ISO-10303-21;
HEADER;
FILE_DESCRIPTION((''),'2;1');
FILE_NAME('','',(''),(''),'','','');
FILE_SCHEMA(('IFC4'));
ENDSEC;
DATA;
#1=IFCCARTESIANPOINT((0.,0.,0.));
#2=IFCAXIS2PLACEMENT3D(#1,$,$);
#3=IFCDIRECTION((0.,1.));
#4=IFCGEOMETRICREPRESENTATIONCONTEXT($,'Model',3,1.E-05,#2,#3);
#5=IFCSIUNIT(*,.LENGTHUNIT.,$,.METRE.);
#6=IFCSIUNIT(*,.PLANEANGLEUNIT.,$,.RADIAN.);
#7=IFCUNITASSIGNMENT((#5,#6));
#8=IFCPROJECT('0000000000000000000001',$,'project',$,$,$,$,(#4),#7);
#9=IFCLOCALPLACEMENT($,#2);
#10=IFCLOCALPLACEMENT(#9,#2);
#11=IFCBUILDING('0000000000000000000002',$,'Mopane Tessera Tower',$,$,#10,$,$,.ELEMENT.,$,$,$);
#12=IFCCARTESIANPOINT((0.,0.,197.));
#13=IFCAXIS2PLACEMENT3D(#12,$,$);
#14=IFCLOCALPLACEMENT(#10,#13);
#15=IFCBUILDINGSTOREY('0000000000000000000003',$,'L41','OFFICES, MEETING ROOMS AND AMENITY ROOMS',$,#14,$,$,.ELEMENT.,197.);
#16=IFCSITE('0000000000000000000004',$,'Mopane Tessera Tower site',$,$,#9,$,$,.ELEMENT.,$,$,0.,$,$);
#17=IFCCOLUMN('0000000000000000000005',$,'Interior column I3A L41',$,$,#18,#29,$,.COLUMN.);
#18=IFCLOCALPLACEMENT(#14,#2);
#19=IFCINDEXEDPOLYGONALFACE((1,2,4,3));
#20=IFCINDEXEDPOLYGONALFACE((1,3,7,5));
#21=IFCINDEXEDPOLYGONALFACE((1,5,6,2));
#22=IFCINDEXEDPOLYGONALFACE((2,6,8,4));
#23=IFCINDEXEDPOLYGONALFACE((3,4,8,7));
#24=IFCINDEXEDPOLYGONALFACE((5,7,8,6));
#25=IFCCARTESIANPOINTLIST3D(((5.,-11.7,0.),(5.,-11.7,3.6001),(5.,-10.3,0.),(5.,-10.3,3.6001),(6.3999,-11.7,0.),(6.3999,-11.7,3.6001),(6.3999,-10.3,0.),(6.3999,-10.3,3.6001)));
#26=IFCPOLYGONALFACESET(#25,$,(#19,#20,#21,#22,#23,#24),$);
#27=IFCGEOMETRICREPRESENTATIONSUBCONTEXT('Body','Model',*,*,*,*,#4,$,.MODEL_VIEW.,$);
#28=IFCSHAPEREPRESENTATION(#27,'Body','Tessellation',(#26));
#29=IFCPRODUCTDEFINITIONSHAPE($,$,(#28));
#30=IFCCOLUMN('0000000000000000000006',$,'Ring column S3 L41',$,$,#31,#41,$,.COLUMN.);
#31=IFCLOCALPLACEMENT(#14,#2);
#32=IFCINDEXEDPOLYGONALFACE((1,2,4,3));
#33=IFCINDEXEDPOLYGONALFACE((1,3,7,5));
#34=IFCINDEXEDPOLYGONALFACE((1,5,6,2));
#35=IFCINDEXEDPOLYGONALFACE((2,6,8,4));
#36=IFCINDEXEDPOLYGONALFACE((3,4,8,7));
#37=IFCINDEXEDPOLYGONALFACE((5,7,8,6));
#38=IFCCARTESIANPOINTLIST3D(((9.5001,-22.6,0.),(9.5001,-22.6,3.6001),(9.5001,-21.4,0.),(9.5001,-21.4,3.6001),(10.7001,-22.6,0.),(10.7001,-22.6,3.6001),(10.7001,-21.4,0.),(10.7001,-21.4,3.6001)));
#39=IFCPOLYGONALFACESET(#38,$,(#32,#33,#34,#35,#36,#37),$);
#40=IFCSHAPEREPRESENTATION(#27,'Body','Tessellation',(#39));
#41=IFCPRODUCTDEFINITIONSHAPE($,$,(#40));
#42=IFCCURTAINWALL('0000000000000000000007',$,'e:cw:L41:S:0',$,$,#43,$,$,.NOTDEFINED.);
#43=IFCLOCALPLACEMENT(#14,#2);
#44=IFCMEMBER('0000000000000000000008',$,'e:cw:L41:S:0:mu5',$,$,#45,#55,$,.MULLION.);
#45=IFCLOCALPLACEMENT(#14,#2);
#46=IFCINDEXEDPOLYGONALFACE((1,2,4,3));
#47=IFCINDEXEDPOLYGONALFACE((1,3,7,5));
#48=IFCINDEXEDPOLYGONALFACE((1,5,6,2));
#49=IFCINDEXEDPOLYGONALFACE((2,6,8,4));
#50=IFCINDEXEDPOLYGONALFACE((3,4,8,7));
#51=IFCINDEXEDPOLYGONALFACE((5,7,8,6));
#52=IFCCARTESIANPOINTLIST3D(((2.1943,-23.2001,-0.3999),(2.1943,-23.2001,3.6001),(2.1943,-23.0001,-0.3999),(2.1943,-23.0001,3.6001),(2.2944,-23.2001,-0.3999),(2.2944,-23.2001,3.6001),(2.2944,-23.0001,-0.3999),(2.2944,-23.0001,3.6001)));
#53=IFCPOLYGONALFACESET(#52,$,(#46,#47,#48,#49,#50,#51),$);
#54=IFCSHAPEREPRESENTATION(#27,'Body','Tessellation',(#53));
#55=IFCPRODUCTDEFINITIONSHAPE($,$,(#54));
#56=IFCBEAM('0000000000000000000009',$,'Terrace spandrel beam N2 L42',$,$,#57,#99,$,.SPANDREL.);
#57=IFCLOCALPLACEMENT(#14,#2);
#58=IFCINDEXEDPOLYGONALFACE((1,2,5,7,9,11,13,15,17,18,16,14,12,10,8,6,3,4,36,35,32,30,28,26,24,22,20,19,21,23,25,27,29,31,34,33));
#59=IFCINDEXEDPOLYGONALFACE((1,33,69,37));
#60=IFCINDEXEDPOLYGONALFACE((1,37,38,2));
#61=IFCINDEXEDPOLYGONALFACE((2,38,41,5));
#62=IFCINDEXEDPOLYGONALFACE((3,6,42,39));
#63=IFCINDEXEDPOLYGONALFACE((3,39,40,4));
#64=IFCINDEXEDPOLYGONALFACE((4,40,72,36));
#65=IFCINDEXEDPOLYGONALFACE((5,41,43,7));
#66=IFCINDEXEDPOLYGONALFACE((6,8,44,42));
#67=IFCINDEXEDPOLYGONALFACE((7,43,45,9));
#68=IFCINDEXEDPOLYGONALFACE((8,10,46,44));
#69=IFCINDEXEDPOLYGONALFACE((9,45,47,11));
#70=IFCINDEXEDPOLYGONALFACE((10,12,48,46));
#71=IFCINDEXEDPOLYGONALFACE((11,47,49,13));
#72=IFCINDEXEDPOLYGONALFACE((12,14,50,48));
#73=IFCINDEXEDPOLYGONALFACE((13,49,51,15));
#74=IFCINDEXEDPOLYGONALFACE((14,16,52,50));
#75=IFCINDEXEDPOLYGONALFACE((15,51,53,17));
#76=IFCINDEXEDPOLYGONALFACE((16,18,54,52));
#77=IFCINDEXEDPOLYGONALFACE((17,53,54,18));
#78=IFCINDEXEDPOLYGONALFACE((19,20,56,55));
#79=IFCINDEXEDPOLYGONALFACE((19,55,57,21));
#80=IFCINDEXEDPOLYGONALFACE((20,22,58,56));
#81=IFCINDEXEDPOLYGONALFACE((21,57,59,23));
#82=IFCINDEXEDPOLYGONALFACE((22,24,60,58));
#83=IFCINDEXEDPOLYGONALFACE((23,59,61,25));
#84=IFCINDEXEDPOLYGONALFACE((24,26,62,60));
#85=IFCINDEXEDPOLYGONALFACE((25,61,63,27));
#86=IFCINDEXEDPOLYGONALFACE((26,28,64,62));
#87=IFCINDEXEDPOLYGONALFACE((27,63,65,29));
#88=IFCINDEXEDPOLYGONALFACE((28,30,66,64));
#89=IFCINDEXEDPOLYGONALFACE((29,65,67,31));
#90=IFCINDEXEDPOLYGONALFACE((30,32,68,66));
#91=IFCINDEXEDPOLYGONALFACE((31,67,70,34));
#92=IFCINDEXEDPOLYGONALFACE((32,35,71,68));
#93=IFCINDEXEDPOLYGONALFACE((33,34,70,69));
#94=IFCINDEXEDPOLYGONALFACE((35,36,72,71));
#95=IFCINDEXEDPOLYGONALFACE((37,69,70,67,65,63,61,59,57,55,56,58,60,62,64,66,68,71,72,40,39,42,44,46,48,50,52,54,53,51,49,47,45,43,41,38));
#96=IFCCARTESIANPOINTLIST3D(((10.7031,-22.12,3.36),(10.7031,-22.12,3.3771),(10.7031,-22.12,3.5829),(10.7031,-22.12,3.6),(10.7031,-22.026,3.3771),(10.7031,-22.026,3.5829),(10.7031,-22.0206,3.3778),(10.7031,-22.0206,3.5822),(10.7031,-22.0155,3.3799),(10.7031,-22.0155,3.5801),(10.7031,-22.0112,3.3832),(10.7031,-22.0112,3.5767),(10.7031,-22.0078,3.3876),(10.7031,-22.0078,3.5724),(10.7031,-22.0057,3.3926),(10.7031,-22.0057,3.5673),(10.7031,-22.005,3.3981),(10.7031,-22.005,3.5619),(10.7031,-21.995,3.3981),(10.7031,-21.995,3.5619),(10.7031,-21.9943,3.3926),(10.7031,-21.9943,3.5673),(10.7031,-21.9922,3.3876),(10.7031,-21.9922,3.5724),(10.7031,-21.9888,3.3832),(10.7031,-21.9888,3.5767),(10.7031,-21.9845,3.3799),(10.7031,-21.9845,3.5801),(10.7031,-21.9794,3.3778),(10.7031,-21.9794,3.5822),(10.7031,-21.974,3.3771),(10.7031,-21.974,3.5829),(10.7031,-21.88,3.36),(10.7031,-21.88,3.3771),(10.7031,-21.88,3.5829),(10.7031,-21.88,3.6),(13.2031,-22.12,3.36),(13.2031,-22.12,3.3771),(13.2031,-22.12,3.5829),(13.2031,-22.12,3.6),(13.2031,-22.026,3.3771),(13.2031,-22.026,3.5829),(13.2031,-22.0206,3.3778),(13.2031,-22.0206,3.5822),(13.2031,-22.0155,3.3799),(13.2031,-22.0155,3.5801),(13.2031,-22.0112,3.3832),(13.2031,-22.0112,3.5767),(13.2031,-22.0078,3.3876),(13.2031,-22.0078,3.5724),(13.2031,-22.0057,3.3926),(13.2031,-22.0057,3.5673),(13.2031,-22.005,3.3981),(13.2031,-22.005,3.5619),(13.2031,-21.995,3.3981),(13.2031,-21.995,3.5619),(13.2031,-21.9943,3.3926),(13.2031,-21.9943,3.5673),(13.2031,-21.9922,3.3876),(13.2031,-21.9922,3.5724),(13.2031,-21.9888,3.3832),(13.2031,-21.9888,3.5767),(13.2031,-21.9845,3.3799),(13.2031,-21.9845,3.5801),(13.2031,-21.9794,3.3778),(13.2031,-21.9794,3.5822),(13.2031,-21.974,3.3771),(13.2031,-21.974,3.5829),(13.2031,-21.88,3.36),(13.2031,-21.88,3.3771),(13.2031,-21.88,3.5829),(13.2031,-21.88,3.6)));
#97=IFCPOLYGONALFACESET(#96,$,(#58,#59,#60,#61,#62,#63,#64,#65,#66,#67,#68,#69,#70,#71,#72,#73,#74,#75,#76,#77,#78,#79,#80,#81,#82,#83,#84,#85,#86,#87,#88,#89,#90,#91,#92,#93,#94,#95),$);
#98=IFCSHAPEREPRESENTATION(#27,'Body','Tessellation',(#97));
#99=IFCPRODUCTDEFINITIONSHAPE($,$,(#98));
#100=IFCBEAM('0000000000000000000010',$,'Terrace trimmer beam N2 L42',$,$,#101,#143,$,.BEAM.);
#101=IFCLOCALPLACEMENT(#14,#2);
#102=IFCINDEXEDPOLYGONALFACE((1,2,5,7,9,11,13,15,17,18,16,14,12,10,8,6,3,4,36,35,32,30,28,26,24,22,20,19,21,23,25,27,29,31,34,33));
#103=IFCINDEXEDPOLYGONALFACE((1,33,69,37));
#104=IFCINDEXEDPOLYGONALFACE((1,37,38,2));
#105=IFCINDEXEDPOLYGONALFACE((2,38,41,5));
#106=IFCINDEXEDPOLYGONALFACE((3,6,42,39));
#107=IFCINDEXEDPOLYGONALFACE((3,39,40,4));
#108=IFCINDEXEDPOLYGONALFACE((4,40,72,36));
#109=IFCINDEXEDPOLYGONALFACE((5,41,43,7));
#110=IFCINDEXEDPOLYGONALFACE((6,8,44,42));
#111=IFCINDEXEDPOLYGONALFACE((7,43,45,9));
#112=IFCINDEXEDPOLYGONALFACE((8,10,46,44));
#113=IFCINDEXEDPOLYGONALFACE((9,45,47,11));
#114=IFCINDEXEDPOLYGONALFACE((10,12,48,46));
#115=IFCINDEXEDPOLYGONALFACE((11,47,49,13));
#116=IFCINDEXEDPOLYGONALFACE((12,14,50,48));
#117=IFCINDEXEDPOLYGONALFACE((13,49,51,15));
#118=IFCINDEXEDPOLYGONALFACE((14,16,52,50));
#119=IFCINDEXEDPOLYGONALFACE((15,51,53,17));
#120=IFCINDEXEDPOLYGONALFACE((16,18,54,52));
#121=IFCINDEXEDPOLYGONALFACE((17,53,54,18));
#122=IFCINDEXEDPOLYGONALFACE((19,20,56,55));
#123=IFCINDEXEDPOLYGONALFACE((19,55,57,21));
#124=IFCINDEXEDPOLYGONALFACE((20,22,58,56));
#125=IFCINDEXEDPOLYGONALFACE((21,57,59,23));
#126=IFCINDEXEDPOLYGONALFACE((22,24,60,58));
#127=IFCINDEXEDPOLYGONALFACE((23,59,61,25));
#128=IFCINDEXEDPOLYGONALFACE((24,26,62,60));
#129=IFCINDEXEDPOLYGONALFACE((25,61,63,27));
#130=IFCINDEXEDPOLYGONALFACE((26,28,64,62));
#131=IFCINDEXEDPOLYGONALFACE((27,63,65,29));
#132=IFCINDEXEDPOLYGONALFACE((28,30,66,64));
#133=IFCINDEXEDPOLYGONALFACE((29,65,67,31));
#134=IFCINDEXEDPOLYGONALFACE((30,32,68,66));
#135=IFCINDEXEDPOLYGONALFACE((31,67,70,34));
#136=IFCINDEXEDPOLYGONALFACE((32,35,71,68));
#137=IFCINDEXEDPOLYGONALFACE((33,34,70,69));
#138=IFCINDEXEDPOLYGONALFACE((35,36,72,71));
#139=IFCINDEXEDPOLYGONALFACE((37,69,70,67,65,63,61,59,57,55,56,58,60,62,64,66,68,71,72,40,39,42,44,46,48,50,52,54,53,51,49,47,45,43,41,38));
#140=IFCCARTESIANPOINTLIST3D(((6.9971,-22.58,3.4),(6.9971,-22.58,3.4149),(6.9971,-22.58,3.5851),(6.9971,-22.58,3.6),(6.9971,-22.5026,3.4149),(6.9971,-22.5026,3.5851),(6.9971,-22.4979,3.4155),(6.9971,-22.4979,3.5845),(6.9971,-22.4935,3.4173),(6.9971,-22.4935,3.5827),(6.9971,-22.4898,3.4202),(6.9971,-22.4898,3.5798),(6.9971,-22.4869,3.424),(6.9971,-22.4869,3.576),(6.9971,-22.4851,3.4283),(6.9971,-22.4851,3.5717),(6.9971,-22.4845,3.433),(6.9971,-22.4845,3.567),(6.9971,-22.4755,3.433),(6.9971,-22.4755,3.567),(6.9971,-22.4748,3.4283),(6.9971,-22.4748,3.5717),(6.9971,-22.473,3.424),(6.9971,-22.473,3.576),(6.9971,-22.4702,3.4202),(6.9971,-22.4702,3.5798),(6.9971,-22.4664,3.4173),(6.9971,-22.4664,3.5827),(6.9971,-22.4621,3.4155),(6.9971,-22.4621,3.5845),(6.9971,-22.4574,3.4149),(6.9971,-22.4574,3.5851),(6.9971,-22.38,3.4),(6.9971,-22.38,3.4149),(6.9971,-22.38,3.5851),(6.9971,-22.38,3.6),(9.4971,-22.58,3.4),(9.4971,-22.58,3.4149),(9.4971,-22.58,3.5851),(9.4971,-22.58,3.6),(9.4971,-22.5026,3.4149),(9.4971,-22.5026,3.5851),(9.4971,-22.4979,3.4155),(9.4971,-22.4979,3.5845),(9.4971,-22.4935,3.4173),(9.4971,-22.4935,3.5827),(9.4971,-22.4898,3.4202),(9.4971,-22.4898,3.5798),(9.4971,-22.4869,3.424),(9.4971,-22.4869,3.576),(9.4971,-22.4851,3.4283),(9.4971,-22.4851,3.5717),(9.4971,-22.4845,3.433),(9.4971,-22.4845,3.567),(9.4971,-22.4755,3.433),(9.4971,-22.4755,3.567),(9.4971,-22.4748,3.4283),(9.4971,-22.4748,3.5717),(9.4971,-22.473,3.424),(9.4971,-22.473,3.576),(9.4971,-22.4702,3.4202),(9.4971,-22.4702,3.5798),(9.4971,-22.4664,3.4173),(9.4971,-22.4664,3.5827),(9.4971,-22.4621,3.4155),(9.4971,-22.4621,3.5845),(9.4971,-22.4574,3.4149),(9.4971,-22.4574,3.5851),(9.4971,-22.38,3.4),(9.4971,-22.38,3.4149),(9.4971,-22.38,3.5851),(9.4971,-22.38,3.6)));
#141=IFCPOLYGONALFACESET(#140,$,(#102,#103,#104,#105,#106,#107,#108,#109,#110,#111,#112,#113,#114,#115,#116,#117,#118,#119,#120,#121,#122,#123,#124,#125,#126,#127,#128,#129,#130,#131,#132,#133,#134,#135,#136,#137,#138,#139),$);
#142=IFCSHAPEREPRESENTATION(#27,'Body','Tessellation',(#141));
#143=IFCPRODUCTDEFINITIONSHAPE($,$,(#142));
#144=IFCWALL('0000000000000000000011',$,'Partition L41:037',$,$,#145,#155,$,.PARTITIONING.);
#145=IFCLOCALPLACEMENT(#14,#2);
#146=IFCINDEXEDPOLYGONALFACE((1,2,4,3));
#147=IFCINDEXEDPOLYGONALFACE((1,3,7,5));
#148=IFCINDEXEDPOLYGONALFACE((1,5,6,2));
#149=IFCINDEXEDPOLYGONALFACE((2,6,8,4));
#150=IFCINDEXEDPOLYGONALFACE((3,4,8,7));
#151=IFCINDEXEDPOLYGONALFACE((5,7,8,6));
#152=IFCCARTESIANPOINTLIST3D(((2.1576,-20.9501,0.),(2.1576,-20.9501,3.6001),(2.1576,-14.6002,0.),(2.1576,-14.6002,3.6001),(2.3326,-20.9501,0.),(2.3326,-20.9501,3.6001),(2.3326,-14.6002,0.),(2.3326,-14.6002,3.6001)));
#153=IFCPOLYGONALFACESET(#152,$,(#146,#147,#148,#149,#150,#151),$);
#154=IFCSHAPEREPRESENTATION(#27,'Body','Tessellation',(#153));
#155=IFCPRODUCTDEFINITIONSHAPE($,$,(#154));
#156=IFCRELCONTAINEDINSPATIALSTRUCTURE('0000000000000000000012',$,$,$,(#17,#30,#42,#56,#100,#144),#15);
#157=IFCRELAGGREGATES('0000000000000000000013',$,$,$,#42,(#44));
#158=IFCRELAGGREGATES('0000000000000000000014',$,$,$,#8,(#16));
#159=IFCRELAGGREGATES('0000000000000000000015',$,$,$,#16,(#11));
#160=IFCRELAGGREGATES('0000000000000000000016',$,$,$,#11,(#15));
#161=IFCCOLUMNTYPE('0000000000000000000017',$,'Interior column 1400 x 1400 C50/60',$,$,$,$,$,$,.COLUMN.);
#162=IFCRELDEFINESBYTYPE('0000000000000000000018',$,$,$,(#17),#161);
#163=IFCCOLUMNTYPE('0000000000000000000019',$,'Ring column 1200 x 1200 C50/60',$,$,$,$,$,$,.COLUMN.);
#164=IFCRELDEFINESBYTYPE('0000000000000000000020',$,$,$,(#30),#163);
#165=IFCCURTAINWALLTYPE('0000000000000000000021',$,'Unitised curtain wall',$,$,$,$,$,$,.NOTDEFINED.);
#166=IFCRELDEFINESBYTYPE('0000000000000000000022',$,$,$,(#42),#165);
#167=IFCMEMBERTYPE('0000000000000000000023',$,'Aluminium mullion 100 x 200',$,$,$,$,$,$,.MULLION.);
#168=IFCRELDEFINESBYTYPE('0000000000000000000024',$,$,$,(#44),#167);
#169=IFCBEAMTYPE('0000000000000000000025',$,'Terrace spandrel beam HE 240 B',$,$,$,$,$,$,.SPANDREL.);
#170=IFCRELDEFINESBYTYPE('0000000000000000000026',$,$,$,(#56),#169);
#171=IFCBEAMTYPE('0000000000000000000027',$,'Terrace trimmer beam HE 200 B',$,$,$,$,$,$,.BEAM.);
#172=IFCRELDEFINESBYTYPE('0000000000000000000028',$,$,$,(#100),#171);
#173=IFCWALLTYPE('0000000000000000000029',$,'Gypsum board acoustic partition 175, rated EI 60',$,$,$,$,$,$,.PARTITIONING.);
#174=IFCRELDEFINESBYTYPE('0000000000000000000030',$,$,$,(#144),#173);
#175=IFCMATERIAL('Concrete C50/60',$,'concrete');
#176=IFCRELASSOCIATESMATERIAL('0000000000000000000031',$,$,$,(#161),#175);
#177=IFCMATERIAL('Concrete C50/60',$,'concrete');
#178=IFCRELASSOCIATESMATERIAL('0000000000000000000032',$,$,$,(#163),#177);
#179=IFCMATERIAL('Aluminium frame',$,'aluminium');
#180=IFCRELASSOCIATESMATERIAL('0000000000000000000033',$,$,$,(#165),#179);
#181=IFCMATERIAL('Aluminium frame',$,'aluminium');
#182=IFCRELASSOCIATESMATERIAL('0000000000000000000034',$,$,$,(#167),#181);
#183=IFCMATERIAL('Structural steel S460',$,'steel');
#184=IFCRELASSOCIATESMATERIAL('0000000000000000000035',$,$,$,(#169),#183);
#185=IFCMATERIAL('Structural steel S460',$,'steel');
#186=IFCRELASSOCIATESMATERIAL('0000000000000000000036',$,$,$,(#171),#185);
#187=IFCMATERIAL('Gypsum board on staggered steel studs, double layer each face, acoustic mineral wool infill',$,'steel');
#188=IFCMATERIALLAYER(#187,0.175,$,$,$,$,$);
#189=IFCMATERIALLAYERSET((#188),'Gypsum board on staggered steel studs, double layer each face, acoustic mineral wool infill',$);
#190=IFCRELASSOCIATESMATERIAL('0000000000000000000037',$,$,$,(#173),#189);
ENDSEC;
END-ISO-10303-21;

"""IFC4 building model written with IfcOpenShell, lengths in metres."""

from ifc_helpers import new_model, si_unit, direction, frame, frame_2d, origin, origin_2d, place, context, subcontext, project, spatial, rectangle, i_section, extrude, material, layer, layer_set, material_profile, profile_set, type_object, element, aggregate, save


model = new_model("IFC4")

# Units and contexts
model_context = context("Model", 3, precision=1e-05, world=origin(), true_north=direction((0.0, 1.0)))
body_context = subcontext(model_context, "Body", "Model", "MODEL_VIEW")
ifc_project = project(units=[si_unit("LENGTHUNIT", "METRE"), si_unit("PLANEANGLEUNIT", "RADIAN")], contexts=[model_context])

# Site, building, storey
site_placement = place(None, origin())
site = spatial("IfcSite", under=ifc_project, at=site_placement, Name="Mopane Tessera Tower site", CompositionType="ELEMENT", RefElevation=0.0)
building_placement = place(site_placement, origin())
building = spatial("IfcBuilding", under=site, at=building_placement, Name="Mopane Tessera Tower", CompositionType="ELEMENT")
storey_placement = place(building_placement, frame((0.0, 0.0, 197.0)))
storey = spatial("IfcBuildingStorey", under=building, at=storey_placement, Name="L41", Description="OFFICES, MEETING ROOMS AND AMENITY ROOMS", CompositionType="ELEMENT", Elevation=197.0)

# Columns
ifc_material_1 = material(Name="Concrete C50/60", Category="concrete")
ifc_material_profile_1 = material_profile(ifc_material_1, rectangle(XDim=1.3999, YDim=1.3999, at=origin_2d()))
ifc_profile_set_1 = profile_set([ifc_material_profile_1], Name="Concrete C50/60")
column_type_1 = type_object("IfcColumnType", Name="Interior column 1400 x 1400 C50/60", PredefinedType="COLUMN", material=ifc_profile_set_1)
column_1_placement = place(storey_placement, frame((5.7, -11.0, 0.0), z_axis=(0.0, 0.0, 1.0), x_axis=(1.0, 0.0, 0.0)))
element("IfcColumn", 1, at=column_1_placement, inside=storey, type_object=column_type_1, Name="Interior column I3A L41", PredefinedType="COLUMN", context=body_context, shape_type="SweptSolid", body=[
    extrude(rectangle(XDim=1.3999, YDim=1.3999, at=origin_2d()), origin(), (0.0, 0.0, 1.0), 3.6001),
])
ifc_material_2 = material(Name="Concrete C50/60", Category="concrete")
ifc_material_profile_2 = material_profile(ifc_material_2, rectangle(XDim=1.2, YDim=1.2, at=origin_2d()))
ifc_profile_set_2 = profile_set([ifc_material_profile_2], Name="Concrete C50/60")
column_type_2 = type_object("IfcColumnType", Name="Ring column 1200 x 1200 C50/60", PredefinedType="COLUMN", material=ifc_profile_set_2)
column_2_placement = place(storey_placement, frame((10.1001, -22.0, 0.0), z_axis=(0.0, 0.0, 1.0), x_axis=(1.0, 0.0, 0.0)))
element("IfcColumn", 2, at=column_2_placement, inside=storey, type_object=column_type_2, Name="Ring column S3 L41", PredefinedType="COLUMN", context=body_context, shape_type="SweptSolid", body=[
    extrude(rectangle(XDim=1.2, YDim=1.2, at=origin_2d()), origin(), (0.0, 0.0, 1.0), 3.6001),
])

# Curtain wall, member
ifc_material_3 = material(Name="Aluminium frame", Category="aluminium")
curtain_wall_type = type_object("IfcCurtainWallType", Name="Unitised curtain wall", PredefinedType="NOTDEFINED", material=ifc_material_3)
curtain_wall_placement = place(storey_placement, origin())
curtain_wall = element("IfcCurtainWall", 3, at=curtain_wall_placement, inside=storey, type_object=curtain_wall_type, Name="e:cw:L41:S:0", PredefinedType="NOTDEFINED")
ifc_material_4 = material(Name="Aluminium frame", Category="aluminium")
ifc_material_profile_3 = material_profile(ifc_material_4, rectangle(XDim=0.1001, YDim=0.2, at=origin_2d()))
ifc_profile_set_3 = profile_set([ifc_material_profile_3], Name="Aluminium frame")
member_type = type_object("IfcMemberType", Name="Aluminium mullion 100 x 200", PredefinedType="MULLION", material=ifc_profile_set_3)
member_placement = place(storey_placement, frame((2.2444, -23.1001, -0.3999), z_axis=(0.0, 0.0, 1.0), x_axis=(1.0, 0.0, 0.0)))
member = element("IfcMember", 4, at=member_placement, type_object=member_type, Name="e:cw:L41:S:0:mu5", PredefinedType="MULLION", context=body_context, shape_type="SweptSolid", body=[
    extrude(rectangle(XDim=0.1001, YDim=0.2, at=origin_2d()), origin(), (0.0, 0.0, 1.0), 4.0),
])
aggregate(curtain_wall, [member])

# Beams
ifc_material_5 = material(Name="Structural steel S460", Category="steel")
ifc_material_profile_4 = material_profile(ifc_material_5, i_section(OverallWidth=0.24, OverallDepth=0.24, WebThickness=0.01, FlangeThickness=0.0171, FilletRadius=0.021, at=origin_2d()))
ifc_profile_set_4 = profile_set([ifc_material_profile_4], Name="Structural steel S460")
beam_type_1 = type_object("IfcBeamType", Name="Terrace spandrel beam HE 240 B", PredefinedType="SPANDREL", material=ifc_profile_set_4)
beam_1_placement = place(storey_placement, frame((10.7031, -22.0, 3.48), z_axis=(1.0, 0.0, 0.0), x_axis=(0.0, 1.0, 0.0)))
element("IfcBeam", 5, at=beam_1_placement, inside=storey, type_object=beam_type_1, Name="Terrace spandrel beam N2 L42", PredefinedType="SPANDREL", context=body_context, shape_type="SweptSolid", body=[
    extrude(i_section(OverallWidth=0.24, OverallDepth=0.24, WebThickness=0.01, FlangeThickness=0.0171, FilletRadius=0.021, at=origin_2d()), origin(), (0.0, 0.0, 1.0), 2.5),
])
ifc_material_6 = material(Name="Structural steel S460", Category="steel")
ifc_material_profile_5 = material_profile(ifc_material_6, i_section(OverallWidth=0.2, OverallDepth=0.2, WebThickness=0.009, FlangeThickness=0.0149, FilletRadius=0.0181, at=origin_2d()))
ifc_profile_set_5 = profile_set([ifc_material_profile_5], Name="Structural steel S460")
beam_type_2 = type_object("IfcBeamType", Name="Terrace trimmer beam HE 200 B", PredefinedType="BEAM", material=ifc_profile_set_5)
beam_2_placement = place(storey_placement, frame((9.4971, -22.48, 3.5), z_axis=(-1.0, 0.0, 0.0), x_axis=(0.0, -1.0, 0.0)))
element("IfcBeam", 6, at=beam_2_placement, inside=storey, type_object=beam_type_2, Name="Terrace trimmer beam N2 L42", PredefinedType="BEAM", context=body_context, shape_type="SweptSolid", body=[
    extrude(i_section(OverallWidth=0.2, OverallDepth=0.2, WebThickness=0.009, FlangeThickness=0.0149, FilletRadius=0.0181, at=origin_2d()), origin(), (0.0, 0.0, 1.0), 2.5),
])

# Wall
ifc_material_7 = material(Name="Gypsum board on staggered steel studs, double layer each face, acoustic mineral wool infill", Category="steel")
ifc_layer_1 = layer(ifc_material_7, 0.175)
ifc_layer_set_1 = layer_set([ifc_layer_1], Name="Gypsum board on staggered steel studs, double layer each face, acoustic mineral wool infill")
wall_type_1 = type_object("IfcWallType", Name="Gypsum board acoustic partition 175, rated EI 60", PredefinedType="PARTITIONING", material=ifc_layer_set_1)
wall_1_placement = place(storey_placement, frame((2.2451, -20.95, 0.0), z_axis=(0.0, 0.0, 1.0), x_axis=(0.0, 1.0, 0.0)))
element("IfcWall", 7, at=wall_1_placement, inside=storey, type_object=wall_type_1, Name="Partition L41:037", PredefinedType="PARTITIONING", context=body_context, shape_type="SweptSolid", body=[
    extrude(rectangle(XDim=6.3499, YDim=0.175, at=frame_2d((3.1748, 0.0))), origin(), (0.0, 0.0, 1.0), 3.6001),
])

save(model, "model.ifc")
